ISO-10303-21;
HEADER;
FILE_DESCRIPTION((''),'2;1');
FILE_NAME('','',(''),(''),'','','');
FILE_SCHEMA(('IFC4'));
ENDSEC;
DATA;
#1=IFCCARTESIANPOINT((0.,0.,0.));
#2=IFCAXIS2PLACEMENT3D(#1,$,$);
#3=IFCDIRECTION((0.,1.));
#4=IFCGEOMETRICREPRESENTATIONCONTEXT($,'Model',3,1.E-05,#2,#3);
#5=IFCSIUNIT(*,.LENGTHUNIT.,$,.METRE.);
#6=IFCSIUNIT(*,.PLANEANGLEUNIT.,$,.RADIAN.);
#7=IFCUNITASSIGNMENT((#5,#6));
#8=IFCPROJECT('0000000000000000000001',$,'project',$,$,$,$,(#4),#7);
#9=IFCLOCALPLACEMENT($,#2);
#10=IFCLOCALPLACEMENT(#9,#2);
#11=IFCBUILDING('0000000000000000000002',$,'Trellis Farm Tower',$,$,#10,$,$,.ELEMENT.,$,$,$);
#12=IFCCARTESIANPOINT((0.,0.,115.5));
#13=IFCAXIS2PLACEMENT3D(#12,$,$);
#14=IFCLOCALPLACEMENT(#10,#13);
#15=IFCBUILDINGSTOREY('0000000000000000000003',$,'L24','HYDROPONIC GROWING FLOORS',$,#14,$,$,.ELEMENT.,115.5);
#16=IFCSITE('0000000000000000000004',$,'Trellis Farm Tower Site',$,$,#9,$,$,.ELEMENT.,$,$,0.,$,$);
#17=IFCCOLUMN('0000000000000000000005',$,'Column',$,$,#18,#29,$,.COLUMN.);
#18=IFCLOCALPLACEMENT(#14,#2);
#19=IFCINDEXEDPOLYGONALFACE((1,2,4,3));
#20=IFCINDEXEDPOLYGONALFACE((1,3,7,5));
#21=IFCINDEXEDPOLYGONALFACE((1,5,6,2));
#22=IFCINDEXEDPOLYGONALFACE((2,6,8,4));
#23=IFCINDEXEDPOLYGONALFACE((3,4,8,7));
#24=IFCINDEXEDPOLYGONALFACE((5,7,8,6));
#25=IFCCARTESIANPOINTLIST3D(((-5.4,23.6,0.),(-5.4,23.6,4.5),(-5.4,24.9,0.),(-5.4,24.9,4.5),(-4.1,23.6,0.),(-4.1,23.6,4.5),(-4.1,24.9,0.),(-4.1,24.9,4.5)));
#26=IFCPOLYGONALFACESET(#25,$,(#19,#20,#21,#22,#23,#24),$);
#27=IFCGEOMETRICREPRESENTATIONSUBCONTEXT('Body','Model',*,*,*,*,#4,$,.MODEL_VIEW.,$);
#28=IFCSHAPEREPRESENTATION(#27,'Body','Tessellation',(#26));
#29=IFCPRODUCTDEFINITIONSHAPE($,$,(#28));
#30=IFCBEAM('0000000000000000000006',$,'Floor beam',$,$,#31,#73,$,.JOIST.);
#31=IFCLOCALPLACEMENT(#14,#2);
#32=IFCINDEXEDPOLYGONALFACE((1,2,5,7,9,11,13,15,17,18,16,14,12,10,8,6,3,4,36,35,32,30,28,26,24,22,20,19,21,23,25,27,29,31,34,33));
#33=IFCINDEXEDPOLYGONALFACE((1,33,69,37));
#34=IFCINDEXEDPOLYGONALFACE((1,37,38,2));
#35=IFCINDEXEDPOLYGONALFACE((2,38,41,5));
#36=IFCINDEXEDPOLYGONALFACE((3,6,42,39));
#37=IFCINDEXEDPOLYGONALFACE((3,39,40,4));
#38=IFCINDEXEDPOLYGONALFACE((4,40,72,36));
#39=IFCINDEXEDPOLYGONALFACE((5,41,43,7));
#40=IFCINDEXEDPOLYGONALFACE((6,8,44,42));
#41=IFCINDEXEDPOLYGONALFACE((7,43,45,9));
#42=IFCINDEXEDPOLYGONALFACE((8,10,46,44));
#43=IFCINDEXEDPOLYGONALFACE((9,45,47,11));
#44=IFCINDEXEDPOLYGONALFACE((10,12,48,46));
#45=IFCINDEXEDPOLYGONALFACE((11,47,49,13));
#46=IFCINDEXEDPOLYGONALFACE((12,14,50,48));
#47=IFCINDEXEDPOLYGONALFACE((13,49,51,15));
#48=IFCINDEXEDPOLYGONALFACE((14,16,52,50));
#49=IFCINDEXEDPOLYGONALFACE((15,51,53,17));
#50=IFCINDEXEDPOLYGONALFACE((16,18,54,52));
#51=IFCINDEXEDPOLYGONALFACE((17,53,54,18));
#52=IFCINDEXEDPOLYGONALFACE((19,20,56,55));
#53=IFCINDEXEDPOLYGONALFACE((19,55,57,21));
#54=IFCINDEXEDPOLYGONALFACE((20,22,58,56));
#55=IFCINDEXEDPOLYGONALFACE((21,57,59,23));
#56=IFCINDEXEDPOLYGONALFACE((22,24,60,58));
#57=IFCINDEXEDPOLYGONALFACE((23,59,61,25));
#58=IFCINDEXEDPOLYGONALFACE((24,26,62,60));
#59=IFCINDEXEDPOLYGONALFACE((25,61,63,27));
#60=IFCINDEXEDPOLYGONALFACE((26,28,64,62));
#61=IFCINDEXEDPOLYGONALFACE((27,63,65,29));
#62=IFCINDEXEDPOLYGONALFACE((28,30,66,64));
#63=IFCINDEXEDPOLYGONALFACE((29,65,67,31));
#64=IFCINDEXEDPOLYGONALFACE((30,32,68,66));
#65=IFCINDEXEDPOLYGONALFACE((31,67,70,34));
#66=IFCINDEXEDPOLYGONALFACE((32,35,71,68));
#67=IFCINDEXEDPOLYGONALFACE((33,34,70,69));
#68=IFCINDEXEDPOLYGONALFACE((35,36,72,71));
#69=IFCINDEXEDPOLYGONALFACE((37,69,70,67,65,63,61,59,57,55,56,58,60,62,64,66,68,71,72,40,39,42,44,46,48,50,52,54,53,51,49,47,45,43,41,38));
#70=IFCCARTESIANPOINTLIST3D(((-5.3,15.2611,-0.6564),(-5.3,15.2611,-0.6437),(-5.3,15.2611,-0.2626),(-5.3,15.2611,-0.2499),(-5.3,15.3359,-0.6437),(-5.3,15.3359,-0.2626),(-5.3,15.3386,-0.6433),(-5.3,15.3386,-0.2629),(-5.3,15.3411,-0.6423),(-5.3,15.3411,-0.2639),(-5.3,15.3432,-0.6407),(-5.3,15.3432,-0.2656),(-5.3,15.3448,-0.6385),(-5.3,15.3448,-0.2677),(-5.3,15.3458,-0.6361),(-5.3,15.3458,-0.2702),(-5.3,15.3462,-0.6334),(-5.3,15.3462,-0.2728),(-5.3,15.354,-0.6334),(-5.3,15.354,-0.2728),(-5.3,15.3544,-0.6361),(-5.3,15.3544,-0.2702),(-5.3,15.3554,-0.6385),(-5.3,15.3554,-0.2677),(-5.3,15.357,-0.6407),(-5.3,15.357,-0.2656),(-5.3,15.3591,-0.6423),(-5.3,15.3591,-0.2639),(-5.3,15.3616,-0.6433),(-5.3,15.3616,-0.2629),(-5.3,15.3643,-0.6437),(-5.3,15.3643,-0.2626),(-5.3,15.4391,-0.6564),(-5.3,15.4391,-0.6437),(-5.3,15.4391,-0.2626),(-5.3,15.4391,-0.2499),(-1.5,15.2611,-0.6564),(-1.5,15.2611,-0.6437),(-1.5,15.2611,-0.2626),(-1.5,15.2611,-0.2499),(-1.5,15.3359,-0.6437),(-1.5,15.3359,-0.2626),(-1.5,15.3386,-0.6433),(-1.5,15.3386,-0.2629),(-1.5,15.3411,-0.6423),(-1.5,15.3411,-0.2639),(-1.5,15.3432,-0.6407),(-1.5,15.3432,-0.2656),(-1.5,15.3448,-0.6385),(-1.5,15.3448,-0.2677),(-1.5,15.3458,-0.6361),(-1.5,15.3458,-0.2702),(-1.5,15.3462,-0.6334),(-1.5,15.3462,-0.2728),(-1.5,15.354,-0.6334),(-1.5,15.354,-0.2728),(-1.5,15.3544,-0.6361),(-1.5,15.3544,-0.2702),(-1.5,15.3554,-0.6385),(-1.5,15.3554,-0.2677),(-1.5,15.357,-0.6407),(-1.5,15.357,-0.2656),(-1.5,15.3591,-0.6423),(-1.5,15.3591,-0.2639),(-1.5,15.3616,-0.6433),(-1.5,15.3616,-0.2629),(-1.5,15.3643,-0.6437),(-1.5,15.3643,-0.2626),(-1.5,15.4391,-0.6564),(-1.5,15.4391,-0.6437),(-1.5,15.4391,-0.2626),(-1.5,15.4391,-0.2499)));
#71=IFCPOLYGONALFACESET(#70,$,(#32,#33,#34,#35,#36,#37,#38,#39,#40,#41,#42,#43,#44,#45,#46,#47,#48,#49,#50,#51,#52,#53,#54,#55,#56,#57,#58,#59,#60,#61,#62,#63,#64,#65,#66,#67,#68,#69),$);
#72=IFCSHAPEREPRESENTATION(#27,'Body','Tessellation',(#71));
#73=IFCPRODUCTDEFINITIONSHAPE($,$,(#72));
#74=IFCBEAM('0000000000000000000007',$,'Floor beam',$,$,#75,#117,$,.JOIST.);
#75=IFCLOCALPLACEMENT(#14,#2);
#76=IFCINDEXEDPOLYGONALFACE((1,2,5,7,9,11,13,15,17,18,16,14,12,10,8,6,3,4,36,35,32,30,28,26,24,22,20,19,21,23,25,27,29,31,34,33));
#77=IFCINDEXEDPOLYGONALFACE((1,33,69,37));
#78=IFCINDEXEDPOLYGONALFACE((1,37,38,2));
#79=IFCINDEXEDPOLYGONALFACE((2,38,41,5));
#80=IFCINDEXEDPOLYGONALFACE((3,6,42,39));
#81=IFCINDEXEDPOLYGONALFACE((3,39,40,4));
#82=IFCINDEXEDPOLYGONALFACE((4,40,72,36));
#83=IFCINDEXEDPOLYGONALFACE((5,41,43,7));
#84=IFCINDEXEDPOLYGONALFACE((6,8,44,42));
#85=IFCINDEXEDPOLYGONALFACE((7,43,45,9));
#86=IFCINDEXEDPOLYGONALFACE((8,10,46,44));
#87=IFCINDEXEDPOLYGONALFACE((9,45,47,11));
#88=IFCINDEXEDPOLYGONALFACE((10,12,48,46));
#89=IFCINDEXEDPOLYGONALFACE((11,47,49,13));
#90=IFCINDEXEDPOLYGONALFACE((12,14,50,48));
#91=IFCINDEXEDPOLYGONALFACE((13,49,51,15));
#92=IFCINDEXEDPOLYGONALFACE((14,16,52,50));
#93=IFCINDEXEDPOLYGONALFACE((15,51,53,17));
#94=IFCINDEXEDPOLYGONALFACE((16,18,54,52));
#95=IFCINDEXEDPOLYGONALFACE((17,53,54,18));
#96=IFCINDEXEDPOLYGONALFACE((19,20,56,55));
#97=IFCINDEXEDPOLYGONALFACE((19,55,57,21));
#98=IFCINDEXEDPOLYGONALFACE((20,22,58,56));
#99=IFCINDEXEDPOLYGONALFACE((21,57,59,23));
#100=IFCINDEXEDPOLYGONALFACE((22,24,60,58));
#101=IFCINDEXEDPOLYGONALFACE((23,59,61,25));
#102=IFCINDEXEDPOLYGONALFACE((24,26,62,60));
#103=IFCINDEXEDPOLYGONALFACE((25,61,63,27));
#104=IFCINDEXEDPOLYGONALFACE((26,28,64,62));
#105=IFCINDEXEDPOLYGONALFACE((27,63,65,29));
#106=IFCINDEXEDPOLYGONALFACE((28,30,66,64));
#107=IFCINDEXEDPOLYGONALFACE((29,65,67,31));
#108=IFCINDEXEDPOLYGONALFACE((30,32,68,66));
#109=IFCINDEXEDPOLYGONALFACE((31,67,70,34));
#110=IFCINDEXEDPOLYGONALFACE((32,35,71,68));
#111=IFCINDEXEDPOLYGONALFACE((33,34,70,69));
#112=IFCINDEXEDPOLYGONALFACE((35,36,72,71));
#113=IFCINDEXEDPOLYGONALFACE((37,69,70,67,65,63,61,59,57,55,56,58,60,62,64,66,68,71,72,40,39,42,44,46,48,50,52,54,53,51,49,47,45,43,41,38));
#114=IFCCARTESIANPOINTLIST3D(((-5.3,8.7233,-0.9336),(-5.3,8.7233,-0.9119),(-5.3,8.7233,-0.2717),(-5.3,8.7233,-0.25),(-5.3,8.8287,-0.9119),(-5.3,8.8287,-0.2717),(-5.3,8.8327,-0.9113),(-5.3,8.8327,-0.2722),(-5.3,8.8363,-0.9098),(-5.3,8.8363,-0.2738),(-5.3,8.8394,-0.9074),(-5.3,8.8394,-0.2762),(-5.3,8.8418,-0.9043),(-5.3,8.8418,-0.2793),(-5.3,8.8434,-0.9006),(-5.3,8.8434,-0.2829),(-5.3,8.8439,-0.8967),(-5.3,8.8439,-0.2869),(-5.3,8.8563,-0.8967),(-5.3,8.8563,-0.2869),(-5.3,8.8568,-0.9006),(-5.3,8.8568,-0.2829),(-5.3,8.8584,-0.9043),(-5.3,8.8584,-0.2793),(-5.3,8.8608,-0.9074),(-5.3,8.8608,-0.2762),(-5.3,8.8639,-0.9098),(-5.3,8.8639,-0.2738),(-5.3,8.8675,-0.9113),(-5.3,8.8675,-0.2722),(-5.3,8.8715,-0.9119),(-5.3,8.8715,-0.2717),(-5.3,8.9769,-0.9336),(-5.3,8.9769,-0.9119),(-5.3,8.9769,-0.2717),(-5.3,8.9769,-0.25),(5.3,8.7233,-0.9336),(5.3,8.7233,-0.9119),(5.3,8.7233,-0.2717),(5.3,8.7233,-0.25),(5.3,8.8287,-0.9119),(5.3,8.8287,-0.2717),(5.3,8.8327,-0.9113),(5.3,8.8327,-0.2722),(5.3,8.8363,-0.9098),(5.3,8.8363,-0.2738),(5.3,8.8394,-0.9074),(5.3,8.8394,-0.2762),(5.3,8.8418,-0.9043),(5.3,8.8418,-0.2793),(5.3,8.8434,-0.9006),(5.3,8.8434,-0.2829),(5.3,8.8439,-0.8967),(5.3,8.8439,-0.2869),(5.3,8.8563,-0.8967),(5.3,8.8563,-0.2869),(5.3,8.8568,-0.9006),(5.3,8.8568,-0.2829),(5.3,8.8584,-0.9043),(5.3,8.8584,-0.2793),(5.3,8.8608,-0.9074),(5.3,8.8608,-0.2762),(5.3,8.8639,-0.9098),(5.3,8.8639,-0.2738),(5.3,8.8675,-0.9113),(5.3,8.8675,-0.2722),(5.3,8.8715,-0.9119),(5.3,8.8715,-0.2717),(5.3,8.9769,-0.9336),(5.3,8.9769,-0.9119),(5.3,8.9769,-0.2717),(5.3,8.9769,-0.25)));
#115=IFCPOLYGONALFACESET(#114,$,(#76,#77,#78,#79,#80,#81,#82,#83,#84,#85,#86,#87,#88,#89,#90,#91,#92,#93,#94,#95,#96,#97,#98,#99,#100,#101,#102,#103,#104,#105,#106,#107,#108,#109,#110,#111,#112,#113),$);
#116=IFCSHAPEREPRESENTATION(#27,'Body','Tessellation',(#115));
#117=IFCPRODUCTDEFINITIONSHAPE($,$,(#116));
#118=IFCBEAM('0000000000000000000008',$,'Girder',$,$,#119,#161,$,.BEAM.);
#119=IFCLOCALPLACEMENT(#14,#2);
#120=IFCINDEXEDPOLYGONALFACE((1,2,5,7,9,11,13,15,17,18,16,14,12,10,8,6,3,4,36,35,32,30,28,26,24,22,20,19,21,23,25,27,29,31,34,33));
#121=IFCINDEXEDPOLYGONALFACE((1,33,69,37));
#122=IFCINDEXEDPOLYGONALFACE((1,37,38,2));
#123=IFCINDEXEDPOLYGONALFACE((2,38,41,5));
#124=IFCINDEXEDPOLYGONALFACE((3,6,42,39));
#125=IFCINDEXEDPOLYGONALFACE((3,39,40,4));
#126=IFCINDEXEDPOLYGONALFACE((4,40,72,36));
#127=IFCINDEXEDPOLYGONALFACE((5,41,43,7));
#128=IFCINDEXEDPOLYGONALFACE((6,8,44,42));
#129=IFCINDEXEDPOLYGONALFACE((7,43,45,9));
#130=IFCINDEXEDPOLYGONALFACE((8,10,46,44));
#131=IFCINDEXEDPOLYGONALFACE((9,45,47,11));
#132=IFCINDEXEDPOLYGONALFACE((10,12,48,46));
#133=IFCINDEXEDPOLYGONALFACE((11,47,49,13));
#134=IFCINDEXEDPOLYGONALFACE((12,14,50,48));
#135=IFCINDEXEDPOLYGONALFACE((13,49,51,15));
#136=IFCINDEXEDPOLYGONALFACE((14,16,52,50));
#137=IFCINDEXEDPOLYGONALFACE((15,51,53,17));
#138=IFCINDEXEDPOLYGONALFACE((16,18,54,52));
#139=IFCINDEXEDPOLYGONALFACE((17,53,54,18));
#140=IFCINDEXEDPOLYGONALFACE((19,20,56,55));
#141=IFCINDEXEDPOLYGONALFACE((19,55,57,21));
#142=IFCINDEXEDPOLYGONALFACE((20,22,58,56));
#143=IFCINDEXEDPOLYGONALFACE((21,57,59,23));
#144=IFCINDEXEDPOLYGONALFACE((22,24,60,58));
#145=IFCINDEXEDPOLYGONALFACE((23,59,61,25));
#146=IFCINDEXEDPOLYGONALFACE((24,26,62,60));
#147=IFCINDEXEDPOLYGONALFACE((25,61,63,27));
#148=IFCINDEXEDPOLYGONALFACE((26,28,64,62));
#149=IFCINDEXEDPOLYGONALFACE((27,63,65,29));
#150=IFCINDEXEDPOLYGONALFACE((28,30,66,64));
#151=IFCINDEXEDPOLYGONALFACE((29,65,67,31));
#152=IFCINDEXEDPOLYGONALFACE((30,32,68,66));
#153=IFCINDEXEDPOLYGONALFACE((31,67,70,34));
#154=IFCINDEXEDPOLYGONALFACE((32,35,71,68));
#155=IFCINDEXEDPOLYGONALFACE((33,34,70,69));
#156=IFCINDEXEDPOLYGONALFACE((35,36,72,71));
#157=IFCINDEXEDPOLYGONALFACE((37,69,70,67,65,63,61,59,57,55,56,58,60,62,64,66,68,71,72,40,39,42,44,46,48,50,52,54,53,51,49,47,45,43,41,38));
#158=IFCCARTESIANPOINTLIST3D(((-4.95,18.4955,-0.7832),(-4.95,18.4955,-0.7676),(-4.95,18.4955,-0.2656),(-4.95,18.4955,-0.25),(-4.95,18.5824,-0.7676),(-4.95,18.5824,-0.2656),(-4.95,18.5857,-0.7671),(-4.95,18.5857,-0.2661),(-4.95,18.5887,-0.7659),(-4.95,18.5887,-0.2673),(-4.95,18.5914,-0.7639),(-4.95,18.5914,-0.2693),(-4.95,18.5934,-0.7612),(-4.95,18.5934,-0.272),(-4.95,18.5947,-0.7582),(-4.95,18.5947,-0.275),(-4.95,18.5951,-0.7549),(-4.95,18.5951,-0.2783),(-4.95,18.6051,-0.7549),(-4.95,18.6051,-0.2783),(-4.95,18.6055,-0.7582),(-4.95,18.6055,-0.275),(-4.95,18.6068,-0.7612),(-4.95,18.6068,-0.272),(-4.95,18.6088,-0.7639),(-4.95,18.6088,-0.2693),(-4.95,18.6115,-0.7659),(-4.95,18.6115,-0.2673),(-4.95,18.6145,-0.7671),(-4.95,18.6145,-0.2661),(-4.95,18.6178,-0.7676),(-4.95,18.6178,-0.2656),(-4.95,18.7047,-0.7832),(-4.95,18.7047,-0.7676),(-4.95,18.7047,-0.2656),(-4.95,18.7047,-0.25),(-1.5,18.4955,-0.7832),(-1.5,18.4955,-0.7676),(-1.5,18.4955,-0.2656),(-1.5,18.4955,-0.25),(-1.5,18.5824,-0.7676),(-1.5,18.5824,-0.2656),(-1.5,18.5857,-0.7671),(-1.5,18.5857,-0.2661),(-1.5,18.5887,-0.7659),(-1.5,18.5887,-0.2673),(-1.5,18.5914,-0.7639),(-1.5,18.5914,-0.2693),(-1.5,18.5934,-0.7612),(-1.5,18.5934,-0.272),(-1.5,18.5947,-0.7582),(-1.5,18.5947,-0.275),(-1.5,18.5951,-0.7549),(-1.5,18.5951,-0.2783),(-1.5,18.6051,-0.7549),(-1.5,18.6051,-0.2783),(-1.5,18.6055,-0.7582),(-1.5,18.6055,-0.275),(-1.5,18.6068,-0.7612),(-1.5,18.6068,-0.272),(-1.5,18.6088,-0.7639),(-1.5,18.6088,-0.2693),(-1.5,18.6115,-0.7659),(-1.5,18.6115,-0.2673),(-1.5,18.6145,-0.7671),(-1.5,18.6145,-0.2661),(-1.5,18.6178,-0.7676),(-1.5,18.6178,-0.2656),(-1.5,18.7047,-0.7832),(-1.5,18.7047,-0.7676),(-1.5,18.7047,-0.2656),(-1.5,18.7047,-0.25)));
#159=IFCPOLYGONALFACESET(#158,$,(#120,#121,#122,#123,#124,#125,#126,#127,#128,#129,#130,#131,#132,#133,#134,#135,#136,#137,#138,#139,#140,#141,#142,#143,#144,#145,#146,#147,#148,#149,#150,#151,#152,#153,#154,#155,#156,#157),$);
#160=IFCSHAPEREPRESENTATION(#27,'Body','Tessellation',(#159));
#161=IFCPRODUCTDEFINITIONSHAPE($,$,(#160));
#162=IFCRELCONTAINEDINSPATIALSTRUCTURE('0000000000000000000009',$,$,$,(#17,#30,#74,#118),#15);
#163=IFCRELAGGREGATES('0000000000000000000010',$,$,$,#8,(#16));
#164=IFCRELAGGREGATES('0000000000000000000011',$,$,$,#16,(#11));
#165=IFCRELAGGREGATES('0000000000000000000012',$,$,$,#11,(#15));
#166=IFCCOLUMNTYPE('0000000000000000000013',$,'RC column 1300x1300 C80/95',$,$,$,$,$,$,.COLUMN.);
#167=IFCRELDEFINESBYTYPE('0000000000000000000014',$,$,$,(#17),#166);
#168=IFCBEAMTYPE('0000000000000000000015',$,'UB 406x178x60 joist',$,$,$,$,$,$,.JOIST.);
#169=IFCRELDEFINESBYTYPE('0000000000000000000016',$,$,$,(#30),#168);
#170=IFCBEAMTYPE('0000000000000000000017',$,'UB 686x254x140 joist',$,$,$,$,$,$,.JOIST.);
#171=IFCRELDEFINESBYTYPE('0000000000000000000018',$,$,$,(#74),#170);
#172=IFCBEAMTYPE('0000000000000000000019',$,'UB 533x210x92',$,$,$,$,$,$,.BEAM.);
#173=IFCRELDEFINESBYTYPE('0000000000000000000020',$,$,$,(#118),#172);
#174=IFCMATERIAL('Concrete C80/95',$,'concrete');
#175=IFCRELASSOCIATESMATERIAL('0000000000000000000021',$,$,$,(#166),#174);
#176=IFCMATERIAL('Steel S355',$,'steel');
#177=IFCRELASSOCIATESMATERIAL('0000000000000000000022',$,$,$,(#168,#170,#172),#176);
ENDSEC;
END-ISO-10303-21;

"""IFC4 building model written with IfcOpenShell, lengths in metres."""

from ifc_helpers import new_model, si_unit, direction, frame, origin, origin_2d, place, context, subcontext, project, spatial, rectangle, i_section, extrude, source, transform, mapped, material, material_profile, profile_set, type_object, element, save


model = new_model("IFC4")

# Units and contexts
model_context = context("Model", 3, precision=1e-05, world=origin(), true_north=direction((0.0, 1.0)))
body_context = subcontext(model_context, "Body", "Model", "MODEL_VIEW")
ifc_project = project(units=[si_unit("LENGTHUNIT", "METRE"), si_unit("PLANEANGLEUNIT", "RADIAN")], contexts=[model_context])

# Site, building, storey
site_placement = place(None, origin())
site = spatial("IfcSite", under=ifc_project, at=site_placement, Name="Trellis Farm Tower Site", CompositionType="ELEMENT", RefElevation=0.0)
building_placement = place(site_placement, origin())
building = spatial("IfcBuilding", under=site, at=building_placement, Name="Trellis Farm Tower", CompositionType="ELEMENT")
storey_placement = place(building_placement, frame((0.0, 0.0, 115.5)))
storey = spatial("IfcBuildingStorey", under=building, at=storey_placement, Name="L24", Description="HYDROPONIC GROWING FLOORS", CompositionType="ELEMENT", Elevation=115.5)

# Column
ifc_material_1 = material(Name="Concrete C80/95", Category="concrete")
ifc_material_profile_1 = material_profile(ifc_material_1, rectangle(XDim=1.3, YDim=1.3, at=origin_2d()), Name="RC column 1300x1300 C80/95")
ifc_profile_set_1 = profile_set([ifc_material_profile_1], Name="Concrete C80/95")
column_type = type_object("IfcColumnType", Name="RC column 1300x1300 C80/95", PredefinedType="COLUMN", material=ifc_profile_set_1)
shared_shape_1 = source(origin(), body_context, "Body", "SweptSolid", [
    extrude(rectangle(XDim=1.3, YDim=1.3, at=origin_2d()), origin(), (0.0, 0.0, 1.0), 4.5),
])
column_placement = place(storey_placement, frame((-4.75, 24.25, 0.0), z_axis=(0.0, 0.0, 1.0), x_axis=(1.0, 0.0, 0.0)))
element("IfcColumn", 1, at=column_placement, inside=storey, type_object=column_type, Name="Column", PredefinedType="COLUMN", context=body_context, shape_type="MappedRepresentation", body=[
    mapped(shared_shape_1, transform((0.0, 0.0, 0.0))),
])

# Beams
ifc_material_2 = material(Name="Steel S355", Category="steel")
ifc_material_profile_2 = material_profile(ifc_material_2, i_section(OverallWidth=0.178, OverallDepth=0.4065, WebThickness=0.0078, FlangeThickness=0.0127, FilletRadius=0.0103, at=origin_2d()), Name="UB 406x178x60")
ifc_profile_set_2 = profile_set([ifc_material_profile_2], Name="Steel S355")
beam_type_1 = type_object("IfcBeamType", Name="UB 406x178x60 joist", PredefinedType="JOIST", material=ifc_profile_set_2)
shared_shape_2 = source(origin(), body_context, "Body", "SweptSolid", [
    extrude(i_section(OverallWidth=0.178, OverallDepth=0.4065, WebThickness=0.0078, FlangeThickness=0.0127, FilletRadius=0.0103, at=origin_2d()), origin(), (0.0, 0.0, 1.0), 3.8),
])
beam_1_placement = place(storey_placement, frame((-5.3, 15.3501, -0.4531), z_axis=(1.0, 0.0, 0.0), x_axis=(0.0, 1.0, 0.0)))
element("IfcBeam", 2, at=beam_1_placement, inside=storey, type_object=beam_type_1, Name="Floor beam", PredefinedType="JOIST", context=body_context, shape_type="MappedRepresentation", body=[
    mapped(shared_shape_2, transform((0.0, 0.0, 0.0))),
])
ifc_material_profile_3 = material_profile(ifc_material_2, i_section(OverallWidth=0.2537, OverallDepth=0.6836, WebThickness=0.0125, FlangeThickness=0.0217, FilletRadius=0.0151, at=origin_2d()), Name="UB 686x254x140")
ifc_profile_set_3 = profile_set([ifc_material_profile_3], Name="Steel S355")
beam_type_2 = type_object("IfcBeamType", Name="UB 686x254x140 joist", PredefinedType="JOIST", material=ifc_profile_set_3)
shared_shape_3 = source(origin(), body_context, "Body", "SweptSolid", [
    extrude(i_section(OverallWidth=0.2537, OverallDepth=0.6836, WebThickness=0.0125, FlangeThickness=0.0217, FilletRadius=0.0151, at=origin_2d()), origin(), (0.0, 0.0, 1.0), 10.6001),
])
beam_2_placement = place(storey_placement, frame((-5.3, 8.8501, -0.5918), z_axis=(1.0, 0.0, 0.0), x_axis=(0.0, 1.0, 0.0)))
element("IfcBeam", 3, at=beam_2_placement, inside=storey, type_object=beam_type_2, Name="Floor beam", PredefinedType="JOIST", context=body_context, shape_type="MappedRepresentation", body=[
    mapped(shared_shape_3, transform((0.0, 0.0, 0.0))),
])
ifc_material_profile_4 = material_profile(ifc_material_2, i_section(OverallWidth=0.2092, OverallDepth=0.5332, WebThickness=0.01, FlangeThickness=0.0156, FilletRadius=0.0127, at=origin_2d()), Name="UB 533x210x92")
ifc_profile_set_4 = profile_set([ifc_material_profile_4], Name="Steel S355")
beam_type_3 = type_object("IfcBeamType", Name="UB 533x210x92", PredefinedType="BEAM", material=ifc_profile_set_4)
shared_shape_4 = source(origin(), body_context, "Body", "SweptSolid", [
    extrude(i_section(OverallWidth=0.2092, OverallDepth=0.5332, WebThickness=0.01, FlangeThickness=0.0156, FilletRadius=0.0127, at=origin_2d()), origin(), (0.0, 0.0, 1.0), 3.45),
])
beam_3_placement = place(storey_placement, frame((-4.95, 18.6001, -0.5166), z_axis=(1.0, 0.0, 0.0), x_axis=(0.0, 1.0, 0.0)))
element("IfcBeam", 4, at=beam_3_placement, inside=storey, type_object=beam_type_3, Name="Girder", PredefinedType="BEAM", context=body_context, shape_type="MappedRepresentation", body=[
    mapped(shared_shape_4, transform((0.0, 0.0, 0.0))),
])

save(model, "model.ifc")
